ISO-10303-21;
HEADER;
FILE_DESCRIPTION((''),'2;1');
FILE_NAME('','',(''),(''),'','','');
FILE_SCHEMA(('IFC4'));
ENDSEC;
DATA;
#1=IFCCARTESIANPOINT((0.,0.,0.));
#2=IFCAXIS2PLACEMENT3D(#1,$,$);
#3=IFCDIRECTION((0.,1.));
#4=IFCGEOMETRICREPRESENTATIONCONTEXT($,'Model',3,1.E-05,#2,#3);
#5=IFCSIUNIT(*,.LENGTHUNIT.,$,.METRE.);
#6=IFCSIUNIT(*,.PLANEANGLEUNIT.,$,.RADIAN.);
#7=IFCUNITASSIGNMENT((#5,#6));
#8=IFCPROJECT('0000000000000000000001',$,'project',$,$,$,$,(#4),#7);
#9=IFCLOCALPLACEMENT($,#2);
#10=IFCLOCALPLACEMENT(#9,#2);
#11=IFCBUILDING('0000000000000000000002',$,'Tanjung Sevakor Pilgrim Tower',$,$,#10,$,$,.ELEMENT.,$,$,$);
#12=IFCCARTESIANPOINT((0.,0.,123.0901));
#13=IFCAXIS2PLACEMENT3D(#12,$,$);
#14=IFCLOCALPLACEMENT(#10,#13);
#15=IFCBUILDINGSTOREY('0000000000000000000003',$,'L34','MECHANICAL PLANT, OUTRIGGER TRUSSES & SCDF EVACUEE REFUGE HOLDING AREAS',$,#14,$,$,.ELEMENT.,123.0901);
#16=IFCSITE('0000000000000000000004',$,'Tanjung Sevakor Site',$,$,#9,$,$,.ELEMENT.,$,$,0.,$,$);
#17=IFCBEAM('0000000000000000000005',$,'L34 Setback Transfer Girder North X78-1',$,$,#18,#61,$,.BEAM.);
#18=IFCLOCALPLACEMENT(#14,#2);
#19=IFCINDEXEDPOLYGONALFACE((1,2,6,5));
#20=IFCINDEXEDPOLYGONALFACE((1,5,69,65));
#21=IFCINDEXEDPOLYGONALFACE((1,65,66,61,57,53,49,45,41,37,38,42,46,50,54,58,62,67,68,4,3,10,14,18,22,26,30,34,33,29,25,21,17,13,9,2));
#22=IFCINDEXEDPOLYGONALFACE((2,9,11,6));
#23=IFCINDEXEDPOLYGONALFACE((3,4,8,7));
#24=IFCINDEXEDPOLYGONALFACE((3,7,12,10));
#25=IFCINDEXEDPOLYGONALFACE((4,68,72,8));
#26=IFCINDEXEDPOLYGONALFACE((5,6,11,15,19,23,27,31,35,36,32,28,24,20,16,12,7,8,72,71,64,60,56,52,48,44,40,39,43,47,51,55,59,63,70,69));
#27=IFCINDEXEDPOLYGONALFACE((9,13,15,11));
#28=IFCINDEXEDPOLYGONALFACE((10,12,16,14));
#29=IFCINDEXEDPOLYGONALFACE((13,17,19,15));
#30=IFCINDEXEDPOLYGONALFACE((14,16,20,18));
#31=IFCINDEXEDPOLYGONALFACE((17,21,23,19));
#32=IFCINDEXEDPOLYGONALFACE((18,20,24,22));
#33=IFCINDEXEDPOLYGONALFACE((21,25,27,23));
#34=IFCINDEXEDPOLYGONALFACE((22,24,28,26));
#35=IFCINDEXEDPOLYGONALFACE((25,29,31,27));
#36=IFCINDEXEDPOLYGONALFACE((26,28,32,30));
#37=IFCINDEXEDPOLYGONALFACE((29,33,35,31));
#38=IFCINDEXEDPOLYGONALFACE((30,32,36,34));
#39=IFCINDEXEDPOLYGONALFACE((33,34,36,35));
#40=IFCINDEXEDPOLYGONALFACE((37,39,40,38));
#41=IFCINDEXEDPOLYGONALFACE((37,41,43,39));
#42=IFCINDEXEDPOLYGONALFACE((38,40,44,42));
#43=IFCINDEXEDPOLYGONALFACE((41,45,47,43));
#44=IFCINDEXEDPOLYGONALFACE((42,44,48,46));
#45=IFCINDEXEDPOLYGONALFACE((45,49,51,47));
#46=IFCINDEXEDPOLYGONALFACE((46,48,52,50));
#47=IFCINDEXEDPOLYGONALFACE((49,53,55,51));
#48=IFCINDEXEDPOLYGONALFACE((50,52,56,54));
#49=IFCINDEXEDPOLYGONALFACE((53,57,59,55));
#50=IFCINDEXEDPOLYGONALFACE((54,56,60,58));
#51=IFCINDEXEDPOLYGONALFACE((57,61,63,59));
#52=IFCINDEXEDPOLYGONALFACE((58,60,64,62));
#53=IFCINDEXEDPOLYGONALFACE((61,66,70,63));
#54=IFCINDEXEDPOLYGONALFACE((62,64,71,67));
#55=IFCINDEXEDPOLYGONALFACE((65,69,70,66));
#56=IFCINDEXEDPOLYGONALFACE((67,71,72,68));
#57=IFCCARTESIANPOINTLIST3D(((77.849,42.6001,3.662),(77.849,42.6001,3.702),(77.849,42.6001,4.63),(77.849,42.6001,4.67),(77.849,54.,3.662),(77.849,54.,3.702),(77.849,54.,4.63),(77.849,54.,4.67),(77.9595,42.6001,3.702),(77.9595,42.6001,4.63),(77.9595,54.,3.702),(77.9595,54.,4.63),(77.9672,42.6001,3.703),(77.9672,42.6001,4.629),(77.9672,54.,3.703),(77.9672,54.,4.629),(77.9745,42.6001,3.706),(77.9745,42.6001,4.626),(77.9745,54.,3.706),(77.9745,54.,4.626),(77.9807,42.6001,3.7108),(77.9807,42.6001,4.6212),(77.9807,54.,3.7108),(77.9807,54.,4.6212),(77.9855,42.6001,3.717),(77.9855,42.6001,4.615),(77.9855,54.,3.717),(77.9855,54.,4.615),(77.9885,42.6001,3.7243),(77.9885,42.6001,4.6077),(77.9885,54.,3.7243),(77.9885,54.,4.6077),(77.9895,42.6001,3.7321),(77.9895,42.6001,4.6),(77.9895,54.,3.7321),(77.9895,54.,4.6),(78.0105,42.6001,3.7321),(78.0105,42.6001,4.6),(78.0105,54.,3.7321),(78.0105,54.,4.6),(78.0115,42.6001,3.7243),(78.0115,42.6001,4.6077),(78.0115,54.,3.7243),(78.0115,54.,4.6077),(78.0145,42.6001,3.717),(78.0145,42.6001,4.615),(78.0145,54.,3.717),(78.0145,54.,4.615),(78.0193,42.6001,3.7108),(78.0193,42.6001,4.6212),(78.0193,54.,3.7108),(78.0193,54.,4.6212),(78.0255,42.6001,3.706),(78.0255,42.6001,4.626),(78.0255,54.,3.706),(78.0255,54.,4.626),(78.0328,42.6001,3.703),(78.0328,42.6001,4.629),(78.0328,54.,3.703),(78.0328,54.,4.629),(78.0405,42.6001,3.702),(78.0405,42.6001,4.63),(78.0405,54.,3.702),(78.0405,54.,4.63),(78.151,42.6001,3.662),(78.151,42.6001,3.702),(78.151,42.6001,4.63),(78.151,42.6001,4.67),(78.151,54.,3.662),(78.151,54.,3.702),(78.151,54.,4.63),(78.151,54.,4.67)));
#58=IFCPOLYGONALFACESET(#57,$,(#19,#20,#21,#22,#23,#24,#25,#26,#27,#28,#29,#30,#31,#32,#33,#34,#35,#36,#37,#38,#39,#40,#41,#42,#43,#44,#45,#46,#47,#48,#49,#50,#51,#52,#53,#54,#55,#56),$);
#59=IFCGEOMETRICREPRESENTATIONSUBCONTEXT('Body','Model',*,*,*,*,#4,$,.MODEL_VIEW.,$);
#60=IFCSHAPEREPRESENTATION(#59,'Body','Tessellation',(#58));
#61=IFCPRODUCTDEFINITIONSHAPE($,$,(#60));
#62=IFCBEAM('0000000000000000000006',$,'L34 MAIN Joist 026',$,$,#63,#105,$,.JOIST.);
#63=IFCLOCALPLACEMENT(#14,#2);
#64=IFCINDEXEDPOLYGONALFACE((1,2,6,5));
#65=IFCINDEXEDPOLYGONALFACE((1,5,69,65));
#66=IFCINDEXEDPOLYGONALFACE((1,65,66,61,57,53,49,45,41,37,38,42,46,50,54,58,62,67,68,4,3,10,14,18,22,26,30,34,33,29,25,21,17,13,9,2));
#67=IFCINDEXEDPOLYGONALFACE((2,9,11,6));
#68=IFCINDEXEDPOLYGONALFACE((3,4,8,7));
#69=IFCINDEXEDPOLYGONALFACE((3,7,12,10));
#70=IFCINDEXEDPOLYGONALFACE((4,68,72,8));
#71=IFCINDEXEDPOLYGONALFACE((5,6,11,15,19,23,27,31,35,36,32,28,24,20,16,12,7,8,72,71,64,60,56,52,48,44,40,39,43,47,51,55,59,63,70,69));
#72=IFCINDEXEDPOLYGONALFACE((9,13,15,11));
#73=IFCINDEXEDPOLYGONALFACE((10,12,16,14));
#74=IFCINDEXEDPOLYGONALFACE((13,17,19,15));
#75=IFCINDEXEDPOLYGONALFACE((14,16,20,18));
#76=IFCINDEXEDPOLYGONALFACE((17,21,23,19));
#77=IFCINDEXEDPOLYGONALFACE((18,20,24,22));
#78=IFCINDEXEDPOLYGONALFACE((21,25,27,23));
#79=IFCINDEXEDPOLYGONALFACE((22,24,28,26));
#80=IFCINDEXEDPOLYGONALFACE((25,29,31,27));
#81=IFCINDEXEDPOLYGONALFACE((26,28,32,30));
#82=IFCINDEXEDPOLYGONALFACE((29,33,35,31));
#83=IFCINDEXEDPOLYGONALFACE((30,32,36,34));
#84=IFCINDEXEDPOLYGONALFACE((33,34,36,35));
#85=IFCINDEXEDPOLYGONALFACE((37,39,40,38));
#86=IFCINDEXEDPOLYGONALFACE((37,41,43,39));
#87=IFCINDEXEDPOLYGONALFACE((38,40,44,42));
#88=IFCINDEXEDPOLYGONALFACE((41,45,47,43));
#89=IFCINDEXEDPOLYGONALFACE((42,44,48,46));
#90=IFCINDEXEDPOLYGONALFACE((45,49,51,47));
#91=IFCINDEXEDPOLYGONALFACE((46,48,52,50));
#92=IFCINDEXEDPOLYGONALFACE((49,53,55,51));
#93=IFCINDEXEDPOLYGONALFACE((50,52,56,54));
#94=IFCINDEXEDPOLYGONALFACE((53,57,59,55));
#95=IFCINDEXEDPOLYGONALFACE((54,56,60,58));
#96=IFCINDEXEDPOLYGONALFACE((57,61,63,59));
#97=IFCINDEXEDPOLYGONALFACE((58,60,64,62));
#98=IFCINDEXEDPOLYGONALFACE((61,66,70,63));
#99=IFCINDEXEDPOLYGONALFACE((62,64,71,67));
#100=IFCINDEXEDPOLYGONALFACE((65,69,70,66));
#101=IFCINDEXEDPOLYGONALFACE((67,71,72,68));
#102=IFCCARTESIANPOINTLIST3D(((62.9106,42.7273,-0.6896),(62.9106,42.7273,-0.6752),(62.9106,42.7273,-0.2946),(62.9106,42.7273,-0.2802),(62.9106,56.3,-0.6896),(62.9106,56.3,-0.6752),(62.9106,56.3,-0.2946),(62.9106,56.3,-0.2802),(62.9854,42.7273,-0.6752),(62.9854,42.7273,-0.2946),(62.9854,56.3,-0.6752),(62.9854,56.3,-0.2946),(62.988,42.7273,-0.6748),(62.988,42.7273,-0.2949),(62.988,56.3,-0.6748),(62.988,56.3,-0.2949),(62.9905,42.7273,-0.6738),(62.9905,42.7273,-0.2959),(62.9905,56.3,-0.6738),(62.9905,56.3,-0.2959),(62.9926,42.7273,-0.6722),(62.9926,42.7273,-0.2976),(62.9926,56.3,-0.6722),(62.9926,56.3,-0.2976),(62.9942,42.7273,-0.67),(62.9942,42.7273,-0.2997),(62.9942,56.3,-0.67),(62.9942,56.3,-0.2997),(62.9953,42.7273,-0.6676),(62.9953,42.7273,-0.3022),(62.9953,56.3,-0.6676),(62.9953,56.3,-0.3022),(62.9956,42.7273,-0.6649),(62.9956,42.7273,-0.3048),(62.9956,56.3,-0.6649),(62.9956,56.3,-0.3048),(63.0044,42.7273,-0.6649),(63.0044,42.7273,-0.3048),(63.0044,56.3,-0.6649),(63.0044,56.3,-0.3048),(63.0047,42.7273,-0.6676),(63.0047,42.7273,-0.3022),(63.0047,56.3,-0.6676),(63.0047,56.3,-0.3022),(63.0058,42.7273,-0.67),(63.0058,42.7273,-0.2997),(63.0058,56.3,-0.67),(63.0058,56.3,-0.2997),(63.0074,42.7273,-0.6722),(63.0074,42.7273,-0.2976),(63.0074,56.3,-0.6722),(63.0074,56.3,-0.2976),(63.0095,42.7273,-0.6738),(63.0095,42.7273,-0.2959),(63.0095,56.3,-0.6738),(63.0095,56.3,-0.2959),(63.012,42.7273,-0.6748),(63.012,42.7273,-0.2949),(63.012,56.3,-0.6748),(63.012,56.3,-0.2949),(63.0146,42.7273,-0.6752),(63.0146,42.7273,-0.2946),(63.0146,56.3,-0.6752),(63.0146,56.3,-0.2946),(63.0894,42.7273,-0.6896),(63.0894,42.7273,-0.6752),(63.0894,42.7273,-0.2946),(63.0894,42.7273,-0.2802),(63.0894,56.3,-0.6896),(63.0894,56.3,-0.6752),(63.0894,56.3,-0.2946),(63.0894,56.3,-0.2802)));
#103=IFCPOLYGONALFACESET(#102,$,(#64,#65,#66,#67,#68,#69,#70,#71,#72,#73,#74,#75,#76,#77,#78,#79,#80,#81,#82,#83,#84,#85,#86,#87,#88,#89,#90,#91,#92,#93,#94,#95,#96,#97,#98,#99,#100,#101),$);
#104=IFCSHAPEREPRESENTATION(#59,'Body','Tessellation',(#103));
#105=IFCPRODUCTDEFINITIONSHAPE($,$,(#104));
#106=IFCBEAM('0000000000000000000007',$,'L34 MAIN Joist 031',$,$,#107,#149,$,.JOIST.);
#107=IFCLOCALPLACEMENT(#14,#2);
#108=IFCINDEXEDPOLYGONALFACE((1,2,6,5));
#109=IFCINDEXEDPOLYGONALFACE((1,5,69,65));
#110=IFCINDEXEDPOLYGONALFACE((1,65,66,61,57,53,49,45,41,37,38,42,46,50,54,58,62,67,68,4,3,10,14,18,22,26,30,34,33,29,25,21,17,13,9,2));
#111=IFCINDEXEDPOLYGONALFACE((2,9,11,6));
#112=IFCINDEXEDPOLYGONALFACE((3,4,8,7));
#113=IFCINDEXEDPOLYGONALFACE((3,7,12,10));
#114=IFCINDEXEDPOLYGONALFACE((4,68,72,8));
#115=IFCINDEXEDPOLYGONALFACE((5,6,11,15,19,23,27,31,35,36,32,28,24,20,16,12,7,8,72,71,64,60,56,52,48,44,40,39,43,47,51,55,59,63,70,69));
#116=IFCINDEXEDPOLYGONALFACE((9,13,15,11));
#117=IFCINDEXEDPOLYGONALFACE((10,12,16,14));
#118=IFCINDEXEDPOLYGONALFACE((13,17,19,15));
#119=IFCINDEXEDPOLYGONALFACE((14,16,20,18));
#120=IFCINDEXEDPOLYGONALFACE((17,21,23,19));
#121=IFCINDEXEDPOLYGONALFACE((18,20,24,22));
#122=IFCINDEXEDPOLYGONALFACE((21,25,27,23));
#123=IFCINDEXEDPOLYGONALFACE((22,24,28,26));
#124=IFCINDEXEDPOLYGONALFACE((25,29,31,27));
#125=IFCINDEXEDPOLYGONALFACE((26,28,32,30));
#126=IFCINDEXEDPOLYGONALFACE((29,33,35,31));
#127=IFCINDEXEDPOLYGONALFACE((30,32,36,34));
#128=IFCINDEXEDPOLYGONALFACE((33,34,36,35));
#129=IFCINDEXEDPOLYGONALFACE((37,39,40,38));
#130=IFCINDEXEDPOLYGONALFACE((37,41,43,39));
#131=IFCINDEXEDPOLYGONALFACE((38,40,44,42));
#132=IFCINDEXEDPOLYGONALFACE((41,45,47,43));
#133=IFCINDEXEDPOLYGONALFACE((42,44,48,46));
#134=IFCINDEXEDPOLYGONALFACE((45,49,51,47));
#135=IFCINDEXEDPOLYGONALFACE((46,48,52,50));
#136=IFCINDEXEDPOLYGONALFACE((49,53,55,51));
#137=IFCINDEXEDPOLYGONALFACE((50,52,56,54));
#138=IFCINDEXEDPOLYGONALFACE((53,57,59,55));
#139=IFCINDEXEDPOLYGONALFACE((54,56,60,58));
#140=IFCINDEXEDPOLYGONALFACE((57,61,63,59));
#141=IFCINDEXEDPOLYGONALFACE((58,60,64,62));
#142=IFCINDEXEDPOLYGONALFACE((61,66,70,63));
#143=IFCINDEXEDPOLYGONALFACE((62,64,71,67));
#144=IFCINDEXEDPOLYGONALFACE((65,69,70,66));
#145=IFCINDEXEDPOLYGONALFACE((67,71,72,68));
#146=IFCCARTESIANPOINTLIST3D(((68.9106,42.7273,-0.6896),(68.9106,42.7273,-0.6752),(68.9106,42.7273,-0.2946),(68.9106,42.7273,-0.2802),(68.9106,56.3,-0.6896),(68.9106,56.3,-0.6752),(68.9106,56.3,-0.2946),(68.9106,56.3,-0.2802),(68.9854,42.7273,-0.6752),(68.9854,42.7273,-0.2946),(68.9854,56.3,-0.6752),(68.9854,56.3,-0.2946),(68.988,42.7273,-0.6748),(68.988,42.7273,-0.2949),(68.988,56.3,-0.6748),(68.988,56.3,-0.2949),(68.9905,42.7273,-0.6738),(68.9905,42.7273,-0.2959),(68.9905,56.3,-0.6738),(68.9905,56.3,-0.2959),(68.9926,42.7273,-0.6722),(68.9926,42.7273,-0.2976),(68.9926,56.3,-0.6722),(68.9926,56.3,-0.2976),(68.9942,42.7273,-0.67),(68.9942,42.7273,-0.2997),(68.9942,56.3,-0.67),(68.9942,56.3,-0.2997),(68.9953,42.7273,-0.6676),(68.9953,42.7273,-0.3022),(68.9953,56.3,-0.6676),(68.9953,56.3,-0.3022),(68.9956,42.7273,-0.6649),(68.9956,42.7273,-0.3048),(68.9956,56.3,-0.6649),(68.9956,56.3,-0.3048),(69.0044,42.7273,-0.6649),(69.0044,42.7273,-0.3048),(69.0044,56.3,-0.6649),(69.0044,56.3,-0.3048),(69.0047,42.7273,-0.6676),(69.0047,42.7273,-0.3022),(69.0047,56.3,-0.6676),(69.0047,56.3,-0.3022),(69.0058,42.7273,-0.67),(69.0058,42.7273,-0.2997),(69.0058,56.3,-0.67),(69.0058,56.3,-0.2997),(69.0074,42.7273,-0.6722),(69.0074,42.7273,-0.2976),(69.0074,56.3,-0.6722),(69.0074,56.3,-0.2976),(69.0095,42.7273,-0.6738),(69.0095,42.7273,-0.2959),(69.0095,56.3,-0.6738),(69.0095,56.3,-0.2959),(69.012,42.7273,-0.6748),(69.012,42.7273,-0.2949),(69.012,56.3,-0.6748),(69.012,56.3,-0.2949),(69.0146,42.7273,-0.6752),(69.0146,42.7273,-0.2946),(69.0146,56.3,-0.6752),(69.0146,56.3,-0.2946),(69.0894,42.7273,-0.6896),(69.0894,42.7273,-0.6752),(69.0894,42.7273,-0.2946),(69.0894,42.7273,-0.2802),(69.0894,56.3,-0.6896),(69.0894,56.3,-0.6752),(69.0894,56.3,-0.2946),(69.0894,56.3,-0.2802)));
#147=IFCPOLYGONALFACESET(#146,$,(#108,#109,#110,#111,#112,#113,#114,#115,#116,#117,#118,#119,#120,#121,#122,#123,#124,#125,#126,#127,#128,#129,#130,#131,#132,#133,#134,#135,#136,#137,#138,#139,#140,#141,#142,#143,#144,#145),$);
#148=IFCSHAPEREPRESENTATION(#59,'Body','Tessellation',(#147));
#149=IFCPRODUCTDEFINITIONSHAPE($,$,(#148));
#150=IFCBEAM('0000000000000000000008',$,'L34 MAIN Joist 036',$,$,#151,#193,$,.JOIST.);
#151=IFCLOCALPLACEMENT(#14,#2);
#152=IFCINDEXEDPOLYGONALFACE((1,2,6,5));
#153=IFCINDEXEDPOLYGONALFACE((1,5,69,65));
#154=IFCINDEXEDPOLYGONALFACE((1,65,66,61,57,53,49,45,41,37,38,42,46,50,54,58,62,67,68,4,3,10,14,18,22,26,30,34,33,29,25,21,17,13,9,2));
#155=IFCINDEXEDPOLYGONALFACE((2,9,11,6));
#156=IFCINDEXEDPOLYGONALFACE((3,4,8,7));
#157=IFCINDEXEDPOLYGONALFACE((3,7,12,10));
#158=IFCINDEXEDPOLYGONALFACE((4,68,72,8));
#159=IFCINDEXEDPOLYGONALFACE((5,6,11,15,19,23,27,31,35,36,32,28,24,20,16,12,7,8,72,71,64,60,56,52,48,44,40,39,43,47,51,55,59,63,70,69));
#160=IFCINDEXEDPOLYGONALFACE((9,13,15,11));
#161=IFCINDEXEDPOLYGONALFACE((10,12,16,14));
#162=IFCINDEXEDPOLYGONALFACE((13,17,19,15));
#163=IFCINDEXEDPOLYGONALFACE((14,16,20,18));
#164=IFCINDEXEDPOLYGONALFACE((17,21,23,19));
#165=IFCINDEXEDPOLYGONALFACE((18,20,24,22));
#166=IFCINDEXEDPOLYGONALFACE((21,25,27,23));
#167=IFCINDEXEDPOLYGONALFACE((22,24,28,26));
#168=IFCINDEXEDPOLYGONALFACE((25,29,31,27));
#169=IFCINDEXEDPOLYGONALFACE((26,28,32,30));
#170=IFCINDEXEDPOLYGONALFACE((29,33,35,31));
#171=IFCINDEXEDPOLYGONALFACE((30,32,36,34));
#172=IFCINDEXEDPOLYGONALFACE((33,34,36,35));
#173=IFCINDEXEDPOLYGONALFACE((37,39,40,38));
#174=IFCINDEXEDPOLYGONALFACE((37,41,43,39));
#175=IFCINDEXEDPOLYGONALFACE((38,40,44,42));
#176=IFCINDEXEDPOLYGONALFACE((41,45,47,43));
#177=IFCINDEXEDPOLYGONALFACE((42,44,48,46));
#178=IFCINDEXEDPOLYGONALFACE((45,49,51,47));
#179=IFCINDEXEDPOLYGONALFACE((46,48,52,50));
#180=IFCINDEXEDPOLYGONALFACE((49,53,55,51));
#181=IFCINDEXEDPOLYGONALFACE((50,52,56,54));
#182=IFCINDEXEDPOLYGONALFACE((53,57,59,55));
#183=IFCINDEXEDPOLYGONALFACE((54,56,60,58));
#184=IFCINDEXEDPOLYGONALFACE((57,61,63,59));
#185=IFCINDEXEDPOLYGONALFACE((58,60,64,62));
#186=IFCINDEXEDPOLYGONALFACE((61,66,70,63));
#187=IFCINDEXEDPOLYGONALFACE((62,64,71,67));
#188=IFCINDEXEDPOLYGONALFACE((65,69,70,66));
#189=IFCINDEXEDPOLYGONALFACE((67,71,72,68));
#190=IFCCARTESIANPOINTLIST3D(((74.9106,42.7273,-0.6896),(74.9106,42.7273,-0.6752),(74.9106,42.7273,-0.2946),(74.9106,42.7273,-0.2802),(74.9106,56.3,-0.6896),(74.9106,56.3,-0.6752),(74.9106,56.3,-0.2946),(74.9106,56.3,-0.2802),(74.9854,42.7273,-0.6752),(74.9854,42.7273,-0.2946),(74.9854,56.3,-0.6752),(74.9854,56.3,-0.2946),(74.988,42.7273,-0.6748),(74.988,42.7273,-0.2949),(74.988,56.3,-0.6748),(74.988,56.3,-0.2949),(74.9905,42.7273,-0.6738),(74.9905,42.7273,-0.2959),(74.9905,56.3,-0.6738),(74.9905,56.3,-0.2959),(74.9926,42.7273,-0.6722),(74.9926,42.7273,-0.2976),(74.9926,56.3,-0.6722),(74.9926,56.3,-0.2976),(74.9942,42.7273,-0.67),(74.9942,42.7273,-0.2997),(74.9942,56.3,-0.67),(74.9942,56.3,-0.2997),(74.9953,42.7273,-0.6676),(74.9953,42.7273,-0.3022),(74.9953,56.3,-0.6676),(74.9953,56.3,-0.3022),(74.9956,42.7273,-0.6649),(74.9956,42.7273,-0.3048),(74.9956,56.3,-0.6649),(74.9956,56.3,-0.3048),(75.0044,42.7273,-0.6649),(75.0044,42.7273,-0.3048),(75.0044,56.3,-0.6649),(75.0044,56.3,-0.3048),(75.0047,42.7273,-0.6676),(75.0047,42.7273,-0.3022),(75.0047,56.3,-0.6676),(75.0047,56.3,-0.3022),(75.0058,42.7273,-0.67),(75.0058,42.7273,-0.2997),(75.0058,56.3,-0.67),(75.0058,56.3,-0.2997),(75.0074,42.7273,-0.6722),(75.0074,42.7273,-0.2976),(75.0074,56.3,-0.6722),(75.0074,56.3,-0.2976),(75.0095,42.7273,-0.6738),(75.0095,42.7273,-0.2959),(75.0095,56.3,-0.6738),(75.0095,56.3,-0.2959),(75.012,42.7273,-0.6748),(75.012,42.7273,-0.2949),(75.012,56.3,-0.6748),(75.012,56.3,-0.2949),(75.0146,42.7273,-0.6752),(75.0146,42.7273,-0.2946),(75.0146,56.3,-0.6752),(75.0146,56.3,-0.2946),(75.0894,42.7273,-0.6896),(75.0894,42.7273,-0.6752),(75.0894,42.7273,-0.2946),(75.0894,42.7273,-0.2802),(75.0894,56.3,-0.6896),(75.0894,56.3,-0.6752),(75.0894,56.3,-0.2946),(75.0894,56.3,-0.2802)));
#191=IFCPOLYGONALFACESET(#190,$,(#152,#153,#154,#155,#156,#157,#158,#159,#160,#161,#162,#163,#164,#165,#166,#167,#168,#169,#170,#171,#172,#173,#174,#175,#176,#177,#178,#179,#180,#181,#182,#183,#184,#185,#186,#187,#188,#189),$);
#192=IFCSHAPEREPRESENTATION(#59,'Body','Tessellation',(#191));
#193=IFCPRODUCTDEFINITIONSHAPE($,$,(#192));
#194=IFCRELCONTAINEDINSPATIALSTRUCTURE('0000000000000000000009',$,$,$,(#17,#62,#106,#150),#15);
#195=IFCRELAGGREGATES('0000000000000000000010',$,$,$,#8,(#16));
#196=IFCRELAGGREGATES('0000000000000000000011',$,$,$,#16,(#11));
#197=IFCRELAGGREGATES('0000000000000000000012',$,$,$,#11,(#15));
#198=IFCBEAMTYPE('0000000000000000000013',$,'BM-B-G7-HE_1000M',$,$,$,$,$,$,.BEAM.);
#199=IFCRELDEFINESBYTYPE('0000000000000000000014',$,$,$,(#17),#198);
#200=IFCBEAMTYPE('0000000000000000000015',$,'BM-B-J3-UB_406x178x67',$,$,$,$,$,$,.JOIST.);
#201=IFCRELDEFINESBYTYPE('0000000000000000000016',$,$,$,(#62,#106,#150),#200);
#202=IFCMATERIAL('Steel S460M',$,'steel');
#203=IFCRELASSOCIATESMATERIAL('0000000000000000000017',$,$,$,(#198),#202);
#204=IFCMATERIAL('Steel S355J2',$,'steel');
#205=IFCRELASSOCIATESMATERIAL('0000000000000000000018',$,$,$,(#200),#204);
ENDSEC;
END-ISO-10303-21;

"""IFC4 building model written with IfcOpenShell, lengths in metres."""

from ifc_helpers import new_model, si_unit, direction, frame, origin, origin_2d, place, context, subcontext, project, spatial, i_section, extrude, material, material_profile, profile_set, type_object, element, save


model = new_model("IFC4")

# Units and contexts
model_context = context("Model", 3, precision=1e-05, world=origin(), true_north=direction((0.0, 1.0)))
body_context = subcontext(model_context, "Body", "Model", "MODEL_VIEW")
ifc_project = project(units=[si_unit("LENGTHUNIT", "METRE"), si_unit("PLANEANGLEUNIT", "RADIAN")], contexts=[model_context])

# Site, building, storey
site_placement = place(None, origin())
site = spatial("IfcSite", under=ifc_project, at=site_placement, Name="Tanjung Sevakor Site", CompositionType="ELEMENT", RefElevation=0.0)
building_placement = place(site_placement, origin())
building = spatial("IfcBuilding", under=site, at=building_placement, Name="Tanjung Sevakor Pilgrim Tower", CompositionType="ELEMENT")
storey_placement = place(building_placement, frame((0.0, 0.0, 123.0901)))
storey = spatial("IfcBuildingStorey", under=building, at=storey_placement, Name="L34", Description="MECHANICAL PLANT, OUTRIGGER TRUSSES & SCDF EVACUEE REFUGE HOLDING AREAS", CompositionType="ELEMENT", Elevation=123.0901)

# Beams
ifc_material_1 = material(Name="Steel S460M", Category="steel")
ifc_material_profile_1 = material_profile(ifc_material_1, i_section(OverallWidth=0.302, OverallDepth=1.0081, WebThickness=0.021, FlangeThickness=0.04, FilletRadius=0.03, at=origin_2d()))
ifc_profile_set_1 = profile_set([ifc_material_profile_1], Name="Steel S460M")
beam_type_1 = type_object("IfcBeamType", Name="BM-B-G7-HE_1000M", PredefinedType="BEAM", material=ifc_profile_set_1)
for number, where, z_axis, x_axis, name in (
    (1, (78.0, 42.6001, 4.166), (0.0, 1.0, 0.0), (-1.0, 0.0, 0.0), "L34 Setback Transfer Girder North X78-1"),
):
    element("IfcBeam", number, at=place(storey_placement, frame(where, z_axis=z_axis, x_axis=x_axis)), inside=storey, type_object=beam_type_1, Name=name, PredefinedType="BEAM", context=body_context, shape_type="SweptSolid", body=[
        extrude(i_section(OverallWidth=0.302, OverallDepth=1.0081, WebThickness=0.021, FlangeThickness=0.04, FilletRadius=0.03, at=origin_2d()), origin(), (0.0, 0.0, 1.0), 11.3999),
    ])
ifc_material_2 = material(Name="Steel S355J2", Category="steel")
ifc_material_profile_2 = material_profile(ifc_material_2, i_section(OverallWidth=0.1787, OverallDepth=0.4094, WebThickness=0.0088, FlangeThickness=0.0144, FilletRadius=0.0103, at=origin_2d()))
ifc_profile_set_2 = profile_set([ifc_material_profile_2], Name="Steel S355J2")
beam_type_2 = type_object("IfcBeamType", Name="BM-B-J3-UB_406x178x67", PredefinedType="JOIST", material=ifc_profile_set_2)
for number, where, z_axis, x_axis, name in (
    (2, (63.0, 42.7273, -0.4849), (0.0, 1.0, 0.0), (-1.0, 0.0, 0.0), "L34 MAIN Joist 026"),
    (3, (69.0, 42.7273, -0.4849), (0.0, 1.0, 0.0), (-1.0, 0.0, 0.0), "L34 MAIN Joist 031"),
    (4, (75.0, 42.7273, -0.4849), (0.0, 1.0, 0.0), (-1.0, 0.0, 0.0), "L34 MAIN Joist 036"),
):
    element("IfcBeam", number, at=place(storey_placement, frame(where, z_axis=z_axis, x_axis=x_axis)), inside=storey, type_object=beam_type_2, Name=name, PredefinedType="JOIST", context=body_context, shape_type="SweptSolid", body=[
        extrude(i_section(OverallWidth=0.1787, OverallDepth=0.4094, WebThickness=0.0088, FlangeThickness=0.0144, FilletRadius=0.0103, at=origin_2d()), origin(), (0.0, 0.0, 1.0), 13.5728),
    ])

save(model, "model.ifc")
